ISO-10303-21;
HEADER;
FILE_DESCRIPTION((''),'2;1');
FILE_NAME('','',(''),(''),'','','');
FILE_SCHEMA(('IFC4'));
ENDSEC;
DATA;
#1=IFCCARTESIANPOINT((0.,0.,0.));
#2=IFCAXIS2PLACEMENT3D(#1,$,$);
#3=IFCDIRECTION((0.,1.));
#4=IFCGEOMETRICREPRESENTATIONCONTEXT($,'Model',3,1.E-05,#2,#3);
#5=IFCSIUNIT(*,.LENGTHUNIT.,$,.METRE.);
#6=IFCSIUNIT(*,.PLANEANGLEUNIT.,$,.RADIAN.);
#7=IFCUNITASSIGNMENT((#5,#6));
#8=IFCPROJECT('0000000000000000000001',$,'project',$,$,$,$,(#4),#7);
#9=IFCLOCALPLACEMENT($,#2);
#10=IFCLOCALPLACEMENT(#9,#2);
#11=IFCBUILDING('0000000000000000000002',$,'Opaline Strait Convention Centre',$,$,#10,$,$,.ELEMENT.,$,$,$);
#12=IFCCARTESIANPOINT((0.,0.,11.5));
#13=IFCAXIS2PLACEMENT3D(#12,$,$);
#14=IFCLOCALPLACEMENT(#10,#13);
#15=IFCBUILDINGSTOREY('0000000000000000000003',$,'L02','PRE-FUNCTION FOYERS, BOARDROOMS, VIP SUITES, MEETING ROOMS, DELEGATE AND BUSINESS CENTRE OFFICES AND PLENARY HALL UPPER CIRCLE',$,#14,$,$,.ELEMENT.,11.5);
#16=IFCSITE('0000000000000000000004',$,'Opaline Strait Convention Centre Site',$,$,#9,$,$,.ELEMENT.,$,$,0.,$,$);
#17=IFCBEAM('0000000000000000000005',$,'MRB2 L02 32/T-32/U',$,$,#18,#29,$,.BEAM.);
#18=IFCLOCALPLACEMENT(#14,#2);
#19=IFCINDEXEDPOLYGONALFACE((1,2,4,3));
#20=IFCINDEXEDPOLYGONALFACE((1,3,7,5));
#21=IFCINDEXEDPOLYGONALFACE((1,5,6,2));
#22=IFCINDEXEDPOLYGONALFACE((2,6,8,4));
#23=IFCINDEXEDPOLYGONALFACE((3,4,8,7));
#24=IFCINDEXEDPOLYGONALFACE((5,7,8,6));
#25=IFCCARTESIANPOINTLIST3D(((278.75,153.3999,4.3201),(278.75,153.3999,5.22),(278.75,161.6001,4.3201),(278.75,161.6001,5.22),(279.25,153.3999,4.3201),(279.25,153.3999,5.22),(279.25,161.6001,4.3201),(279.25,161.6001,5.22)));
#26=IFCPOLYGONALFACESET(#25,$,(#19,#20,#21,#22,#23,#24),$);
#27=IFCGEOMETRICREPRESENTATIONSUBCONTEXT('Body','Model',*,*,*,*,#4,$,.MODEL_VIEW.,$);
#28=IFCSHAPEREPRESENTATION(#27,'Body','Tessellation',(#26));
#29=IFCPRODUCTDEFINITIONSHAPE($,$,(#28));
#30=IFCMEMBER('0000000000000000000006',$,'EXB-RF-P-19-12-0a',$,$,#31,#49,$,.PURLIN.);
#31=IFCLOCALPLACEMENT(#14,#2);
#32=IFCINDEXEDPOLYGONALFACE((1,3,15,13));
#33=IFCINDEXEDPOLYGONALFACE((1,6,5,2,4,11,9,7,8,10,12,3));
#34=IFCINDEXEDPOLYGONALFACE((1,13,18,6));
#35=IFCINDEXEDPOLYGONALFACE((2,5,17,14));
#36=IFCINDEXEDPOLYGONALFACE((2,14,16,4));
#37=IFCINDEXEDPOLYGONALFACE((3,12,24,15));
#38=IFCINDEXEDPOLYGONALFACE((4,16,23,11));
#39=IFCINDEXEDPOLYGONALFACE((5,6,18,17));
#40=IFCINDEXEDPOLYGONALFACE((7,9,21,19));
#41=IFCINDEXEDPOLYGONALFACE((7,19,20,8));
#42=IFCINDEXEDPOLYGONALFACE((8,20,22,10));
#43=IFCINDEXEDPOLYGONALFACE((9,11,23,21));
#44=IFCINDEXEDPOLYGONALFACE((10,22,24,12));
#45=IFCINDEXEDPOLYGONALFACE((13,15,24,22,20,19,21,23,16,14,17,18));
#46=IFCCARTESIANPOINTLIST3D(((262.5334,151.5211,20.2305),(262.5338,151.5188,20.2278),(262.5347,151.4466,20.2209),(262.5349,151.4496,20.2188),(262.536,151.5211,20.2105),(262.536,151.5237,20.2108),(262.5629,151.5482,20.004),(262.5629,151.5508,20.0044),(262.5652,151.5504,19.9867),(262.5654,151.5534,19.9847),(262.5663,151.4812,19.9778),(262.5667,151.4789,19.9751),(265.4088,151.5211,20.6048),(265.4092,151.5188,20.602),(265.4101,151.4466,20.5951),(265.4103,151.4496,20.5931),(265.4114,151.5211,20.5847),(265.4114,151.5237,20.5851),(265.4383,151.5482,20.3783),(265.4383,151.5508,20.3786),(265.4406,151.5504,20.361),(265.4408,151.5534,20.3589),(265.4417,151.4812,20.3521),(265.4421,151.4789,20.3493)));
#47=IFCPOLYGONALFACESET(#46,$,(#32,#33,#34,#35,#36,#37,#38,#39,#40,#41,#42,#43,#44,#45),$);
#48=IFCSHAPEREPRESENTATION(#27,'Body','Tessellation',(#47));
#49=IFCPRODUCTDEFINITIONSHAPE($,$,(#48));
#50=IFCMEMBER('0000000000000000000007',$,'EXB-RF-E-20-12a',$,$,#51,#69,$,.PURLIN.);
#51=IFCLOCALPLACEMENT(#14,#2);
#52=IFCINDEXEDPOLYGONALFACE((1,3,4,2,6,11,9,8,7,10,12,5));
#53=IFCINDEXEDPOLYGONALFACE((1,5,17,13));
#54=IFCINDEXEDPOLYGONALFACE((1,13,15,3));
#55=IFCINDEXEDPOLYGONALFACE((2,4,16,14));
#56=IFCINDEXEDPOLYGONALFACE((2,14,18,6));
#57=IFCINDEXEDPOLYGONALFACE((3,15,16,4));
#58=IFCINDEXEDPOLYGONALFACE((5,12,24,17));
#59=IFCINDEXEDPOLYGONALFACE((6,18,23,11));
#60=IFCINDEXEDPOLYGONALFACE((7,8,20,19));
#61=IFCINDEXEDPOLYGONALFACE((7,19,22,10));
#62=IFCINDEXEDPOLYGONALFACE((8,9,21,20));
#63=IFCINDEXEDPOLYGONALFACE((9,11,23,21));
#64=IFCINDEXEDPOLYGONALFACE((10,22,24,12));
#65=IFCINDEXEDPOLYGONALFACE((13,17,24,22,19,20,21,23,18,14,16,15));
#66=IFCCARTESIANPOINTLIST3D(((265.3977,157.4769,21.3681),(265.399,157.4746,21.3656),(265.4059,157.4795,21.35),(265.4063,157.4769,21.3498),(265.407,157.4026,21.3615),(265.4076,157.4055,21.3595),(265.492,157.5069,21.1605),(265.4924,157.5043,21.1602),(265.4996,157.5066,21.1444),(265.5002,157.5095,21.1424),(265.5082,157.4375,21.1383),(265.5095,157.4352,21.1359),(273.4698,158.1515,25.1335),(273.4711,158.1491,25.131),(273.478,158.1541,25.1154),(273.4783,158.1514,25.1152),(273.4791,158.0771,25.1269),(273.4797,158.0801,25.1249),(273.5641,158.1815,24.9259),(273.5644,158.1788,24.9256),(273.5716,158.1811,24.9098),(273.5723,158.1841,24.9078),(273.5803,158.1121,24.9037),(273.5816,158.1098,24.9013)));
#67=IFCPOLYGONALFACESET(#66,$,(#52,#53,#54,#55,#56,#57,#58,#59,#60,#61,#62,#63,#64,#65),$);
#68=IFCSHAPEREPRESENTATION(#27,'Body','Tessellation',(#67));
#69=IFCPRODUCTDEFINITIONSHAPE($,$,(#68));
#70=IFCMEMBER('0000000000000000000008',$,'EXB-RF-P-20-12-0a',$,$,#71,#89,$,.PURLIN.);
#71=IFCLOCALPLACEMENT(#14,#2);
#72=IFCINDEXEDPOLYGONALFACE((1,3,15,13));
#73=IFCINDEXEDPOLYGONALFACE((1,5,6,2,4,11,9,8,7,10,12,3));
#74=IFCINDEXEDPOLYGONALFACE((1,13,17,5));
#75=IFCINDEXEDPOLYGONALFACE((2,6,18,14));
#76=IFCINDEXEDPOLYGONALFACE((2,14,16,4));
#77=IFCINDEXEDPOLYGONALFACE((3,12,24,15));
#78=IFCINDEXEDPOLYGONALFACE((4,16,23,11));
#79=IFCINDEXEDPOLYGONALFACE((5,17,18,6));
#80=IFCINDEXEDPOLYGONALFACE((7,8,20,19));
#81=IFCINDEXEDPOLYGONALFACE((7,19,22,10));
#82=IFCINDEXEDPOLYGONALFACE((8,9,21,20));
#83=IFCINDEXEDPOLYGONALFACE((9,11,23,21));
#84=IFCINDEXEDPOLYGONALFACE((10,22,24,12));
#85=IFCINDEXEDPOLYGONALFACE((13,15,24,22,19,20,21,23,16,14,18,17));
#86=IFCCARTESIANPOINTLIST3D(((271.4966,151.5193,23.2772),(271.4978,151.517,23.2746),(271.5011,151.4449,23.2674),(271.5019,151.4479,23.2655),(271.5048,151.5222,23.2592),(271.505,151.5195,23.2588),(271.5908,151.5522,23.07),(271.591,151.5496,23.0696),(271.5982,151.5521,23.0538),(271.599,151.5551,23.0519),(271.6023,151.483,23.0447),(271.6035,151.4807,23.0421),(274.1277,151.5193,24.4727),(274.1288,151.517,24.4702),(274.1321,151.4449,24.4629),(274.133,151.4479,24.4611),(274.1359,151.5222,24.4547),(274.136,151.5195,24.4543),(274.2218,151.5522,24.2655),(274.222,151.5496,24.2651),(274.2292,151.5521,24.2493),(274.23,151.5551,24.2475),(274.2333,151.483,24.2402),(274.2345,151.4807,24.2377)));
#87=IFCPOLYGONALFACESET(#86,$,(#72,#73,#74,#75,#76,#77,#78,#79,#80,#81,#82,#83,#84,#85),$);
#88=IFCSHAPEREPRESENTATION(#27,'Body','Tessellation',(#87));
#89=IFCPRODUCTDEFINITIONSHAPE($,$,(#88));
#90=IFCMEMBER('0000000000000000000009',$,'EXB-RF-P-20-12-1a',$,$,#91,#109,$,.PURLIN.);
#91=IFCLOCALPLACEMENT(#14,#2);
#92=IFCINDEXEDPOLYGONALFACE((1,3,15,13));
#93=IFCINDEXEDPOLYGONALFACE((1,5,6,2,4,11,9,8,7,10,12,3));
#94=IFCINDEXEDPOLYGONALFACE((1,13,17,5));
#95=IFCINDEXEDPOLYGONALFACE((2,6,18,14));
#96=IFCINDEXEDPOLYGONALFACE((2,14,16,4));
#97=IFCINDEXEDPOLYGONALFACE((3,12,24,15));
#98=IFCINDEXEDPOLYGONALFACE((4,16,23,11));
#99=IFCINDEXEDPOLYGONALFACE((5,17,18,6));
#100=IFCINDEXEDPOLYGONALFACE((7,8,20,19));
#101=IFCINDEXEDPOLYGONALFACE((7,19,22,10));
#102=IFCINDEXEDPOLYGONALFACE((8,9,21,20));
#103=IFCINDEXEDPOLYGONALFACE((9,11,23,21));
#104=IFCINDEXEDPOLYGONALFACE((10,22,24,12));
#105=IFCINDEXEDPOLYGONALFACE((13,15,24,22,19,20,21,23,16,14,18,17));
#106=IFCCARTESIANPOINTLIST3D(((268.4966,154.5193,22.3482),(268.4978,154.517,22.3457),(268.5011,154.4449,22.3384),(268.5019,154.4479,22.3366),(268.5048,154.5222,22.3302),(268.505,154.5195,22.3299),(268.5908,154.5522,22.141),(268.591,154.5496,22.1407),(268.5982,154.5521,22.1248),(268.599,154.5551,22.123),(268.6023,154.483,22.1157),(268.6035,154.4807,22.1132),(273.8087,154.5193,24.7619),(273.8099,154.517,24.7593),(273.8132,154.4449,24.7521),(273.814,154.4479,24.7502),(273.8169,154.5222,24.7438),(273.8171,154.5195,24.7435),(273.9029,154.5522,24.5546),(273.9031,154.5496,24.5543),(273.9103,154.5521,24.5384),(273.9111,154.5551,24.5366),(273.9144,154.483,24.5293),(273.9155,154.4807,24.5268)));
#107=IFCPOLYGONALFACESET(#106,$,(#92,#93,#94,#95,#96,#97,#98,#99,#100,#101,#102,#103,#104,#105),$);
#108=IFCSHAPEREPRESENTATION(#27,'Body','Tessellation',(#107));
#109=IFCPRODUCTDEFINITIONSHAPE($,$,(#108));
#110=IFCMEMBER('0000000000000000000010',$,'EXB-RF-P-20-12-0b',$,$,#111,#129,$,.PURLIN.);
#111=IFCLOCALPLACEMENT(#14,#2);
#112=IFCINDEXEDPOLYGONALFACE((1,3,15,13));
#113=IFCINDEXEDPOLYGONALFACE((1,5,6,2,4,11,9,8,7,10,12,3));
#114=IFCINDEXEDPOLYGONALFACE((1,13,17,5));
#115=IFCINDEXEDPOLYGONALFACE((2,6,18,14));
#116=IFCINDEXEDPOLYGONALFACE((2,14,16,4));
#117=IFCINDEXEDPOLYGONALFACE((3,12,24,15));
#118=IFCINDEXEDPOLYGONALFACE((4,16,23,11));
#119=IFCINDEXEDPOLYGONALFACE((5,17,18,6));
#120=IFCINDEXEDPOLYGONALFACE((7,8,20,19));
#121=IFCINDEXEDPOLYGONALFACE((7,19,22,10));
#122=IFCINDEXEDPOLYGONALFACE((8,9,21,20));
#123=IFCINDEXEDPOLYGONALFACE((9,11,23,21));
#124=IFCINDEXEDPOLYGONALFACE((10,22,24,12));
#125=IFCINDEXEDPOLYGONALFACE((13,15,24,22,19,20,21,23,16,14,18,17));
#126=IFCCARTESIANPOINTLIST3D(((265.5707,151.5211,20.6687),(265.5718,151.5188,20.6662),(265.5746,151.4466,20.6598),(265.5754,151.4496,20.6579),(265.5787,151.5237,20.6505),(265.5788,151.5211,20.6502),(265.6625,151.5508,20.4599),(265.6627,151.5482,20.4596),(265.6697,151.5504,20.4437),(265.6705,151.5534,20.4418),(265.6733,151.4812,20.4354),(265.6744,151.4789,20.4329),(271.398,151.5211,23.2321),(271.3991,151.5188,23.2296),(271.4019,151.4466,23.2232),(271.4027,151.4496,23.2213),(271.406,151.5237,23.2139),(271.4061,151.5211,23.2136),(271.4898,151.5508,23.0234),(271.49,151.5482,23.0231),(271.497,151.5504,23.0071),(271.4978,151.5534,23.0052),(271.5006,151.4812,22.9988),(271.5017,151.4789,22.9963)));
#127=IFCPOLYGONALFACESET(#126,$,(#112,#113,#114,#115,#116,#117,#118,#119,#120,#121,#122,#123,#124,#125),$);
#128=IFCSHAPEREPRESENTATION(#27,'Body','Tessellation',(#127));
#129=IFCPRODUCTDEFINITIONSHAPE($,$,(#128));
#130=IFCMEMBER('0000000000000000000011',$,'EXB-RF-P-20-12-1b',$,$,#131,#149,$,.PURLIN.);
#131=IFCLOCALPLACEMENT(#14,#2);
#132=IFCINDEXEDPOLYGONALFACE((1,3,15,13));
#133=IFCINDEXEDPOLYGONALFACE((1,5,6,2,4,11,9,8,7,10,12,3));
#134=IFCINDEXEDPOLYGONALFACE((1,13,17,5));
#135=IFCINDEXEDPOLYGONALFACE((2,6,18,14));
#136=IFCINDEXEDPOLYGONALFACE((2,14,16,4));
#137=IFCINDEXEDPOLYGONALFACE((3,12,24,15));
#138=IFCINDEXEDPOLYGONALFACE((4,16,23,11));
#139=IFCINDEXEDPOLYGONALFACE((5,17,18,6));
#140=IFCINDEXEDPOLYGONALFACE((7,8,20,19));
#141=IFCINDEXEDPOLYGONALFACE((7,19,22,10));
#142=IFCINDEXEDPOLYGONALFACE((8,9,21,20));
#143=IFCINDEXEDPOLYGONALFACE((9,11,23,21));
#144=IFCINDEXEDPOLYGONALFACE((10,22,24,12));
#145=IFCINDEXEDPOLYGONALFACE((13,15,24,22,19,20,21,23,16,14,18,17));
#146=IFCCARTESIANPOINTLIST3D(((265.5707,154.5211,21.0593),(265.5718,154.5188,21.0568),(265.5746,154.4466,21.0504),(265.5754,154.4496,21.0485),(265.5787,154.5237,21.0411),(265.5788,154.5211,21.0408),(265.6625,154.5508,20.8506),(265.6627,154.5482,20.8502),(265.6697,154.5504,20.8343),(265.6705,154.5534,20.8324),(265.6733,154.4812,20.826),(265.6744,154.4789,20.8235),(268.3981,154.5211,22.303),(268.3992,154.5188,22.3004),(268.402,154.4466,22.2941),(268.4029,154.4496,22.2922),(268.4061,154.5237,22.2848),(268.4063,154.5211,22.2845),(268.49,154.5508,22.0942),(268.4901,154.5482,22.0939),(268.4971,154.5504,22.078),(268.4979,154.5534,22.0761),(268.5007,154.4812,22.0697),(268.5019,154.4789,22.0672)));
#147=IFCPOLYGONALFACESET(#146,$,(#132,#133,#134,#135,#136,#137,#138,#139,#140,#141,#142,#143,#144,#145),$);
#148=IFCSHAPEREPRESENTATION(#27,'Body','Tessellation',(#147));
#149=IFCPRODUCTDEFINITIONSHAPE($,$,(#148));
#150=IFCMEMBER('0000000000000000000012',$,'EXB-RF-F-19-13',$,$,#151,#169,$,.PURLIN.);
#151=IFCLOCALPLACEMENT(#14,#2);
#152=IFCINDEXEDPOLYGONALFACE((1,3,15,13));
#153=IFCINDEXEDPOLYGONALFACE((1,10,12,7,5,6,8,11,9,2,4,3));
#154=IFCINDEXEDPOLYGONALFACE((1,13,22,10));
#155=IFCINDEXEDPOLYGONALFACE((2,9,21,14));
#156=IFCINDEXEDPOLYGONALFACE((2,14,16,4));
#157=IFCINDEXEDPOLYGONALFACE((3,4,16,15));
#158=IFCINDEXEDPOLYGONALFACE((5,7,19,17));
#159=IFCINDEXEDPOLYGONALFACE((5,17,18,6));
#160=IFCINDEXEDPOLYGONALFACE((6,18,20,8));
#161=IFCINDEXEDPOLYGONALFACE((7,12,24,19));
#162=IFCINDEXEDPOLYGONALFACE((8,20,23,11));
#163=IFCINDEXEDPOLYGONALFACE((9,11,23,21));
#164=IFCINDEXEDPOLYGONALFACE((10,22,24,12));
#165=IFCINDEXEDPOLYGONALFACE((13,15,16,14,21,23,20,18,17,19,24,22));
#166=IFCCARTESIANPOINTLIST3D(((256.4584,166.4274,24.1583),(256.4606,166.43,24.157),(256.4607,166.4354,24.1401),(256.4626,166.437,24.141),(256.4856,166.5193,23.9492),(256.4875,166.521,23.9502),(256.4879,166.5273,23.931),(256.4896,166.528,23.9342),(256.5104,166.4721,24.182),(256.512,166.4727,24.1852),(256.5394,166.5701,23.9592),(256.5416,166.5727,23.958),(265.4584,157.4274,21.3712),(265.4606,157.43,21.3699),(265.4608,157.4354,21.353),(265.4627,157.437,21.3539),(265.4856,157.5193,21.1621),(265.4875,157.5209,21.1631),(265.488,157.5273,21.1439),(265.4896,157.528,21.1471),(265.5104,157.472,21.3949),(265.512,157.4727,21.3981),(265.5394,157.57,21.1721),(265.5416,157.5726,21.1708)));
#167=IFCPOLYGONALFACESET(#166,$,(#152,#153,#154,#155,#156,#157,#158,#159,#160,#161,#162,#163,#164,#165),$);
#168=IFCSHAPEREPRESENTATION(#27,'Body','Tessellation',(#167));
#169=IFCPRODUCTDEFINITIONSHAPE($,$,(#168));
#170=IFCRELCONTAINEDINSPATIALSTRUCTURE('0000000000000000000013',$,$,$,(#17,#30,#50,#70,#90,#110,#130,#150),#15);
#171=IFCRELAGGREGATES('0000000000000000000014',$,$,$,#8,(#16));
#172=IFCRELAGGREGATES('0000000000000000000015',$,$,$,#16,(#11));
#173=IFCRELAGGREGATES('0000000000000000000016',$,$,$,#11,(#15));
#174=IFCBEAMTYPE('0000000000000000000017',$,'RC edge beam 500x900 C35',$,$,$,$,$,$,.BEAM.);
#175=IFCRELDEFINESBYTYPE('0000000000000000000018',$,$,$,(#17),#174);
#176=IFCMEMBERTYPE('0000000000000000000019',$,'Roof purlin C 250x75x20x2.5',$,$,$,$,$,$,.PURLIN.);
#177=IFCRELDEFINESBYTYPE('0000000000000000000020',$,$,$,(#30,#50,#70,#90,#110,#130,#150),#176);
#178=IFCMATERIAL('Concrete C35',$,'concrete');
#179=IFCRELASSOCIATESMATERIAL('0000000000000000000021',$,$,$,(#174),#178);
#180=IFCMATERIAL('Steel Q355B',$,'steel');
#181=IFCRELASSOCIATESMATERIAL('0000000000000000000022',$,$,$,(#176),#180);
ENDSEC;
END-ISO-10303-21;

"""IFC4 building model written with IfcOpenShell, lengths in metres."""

from ifc_helpers import new_model, si_unit, direction, frame, origin, origin_2d, place, context, subcontext, project, spatial, polyline, rectangle, outline, extrude, material, material_profile, profile_set, type_object, element, save


model = new_model("IFC4")

# Units and contexts
model_context = context("Model", 3, precision=1e-05, world=origin(), true_north=direction((0.0, 1.0)))
body_context = subcontext(model_context, "Body", "Model", "MODEL_VIEW")
ifc_project = project(units=[si_unit("LENGTHUNIT", "METRE"), si_unit("PLANEANGLEUNIT", "RADIAN")], contexts=[model_context])

# Site, building, storey
site_placement = place(None, origin())
site = spatial("IfcSite", under=ifc_project, at=site_placement, Name="Opaline Strait Convention Centre Site", CompositionType="ELEMENT", RefElevation=0.0)
building_placement = place(site_placement, origin())
building = spatial("IfcBuilding", under=site, at=building_placement, Name="Opaline Strait Convention Centre", CompositionType="ELEMENT")
storey_placement = place(building_placement, frame((0.0, 0.0, 11.5)))
storey = spatial("IfcBuildingStorey", under=building, at=storey_placement, Name="L02", Description="PRE-FUNCTION FOYERS, BOARDROOMS, VIP SUITES, MEETING ROOMS, DELEGATE AND BUSINESS CENTRE OFFICES AND PLENARY HALL UPPER CIRCLE", CompositionType="ELEMENT", Elevation=11.5)

# Beam
ifc_material_1 = material(Name="Concrete C35", Category="concrete")
ifc_material_profile_1 = material_profile(ifc_material_1, rectangle(XDim=0.5, YDim=0.8999, at=origin_2d()), Name="RC 500x900")
ifc_profile_set_1 = profile_set([ifc_material_profile_1], Name="Concrete C35")
beam_type = type_object("IfcBeamType", Name="RC edge beam 500x900 C35", PredefinedType="BEAM", material=ifc_profile_set_1)
beam_placement = place(storey_placement, frame((279.0, 153.3999, 4.77), z_axis=(0.0, 1.0, 0.0), x_axis=(-1.0, 0.0, 0.0)))
element("IfcBeam", 1, at=beam_placement, inside=storey, type_object=beam_type, Name="MRB2 L02 32/T-32/U", PredefinedType="BEAM", context=body_context, shape_type="SweptSolid", body=[
    extrude(rectangle(XDim=0.5, YDim=0.8999, at=origin_2d()), origin(), (0.0, 0.0, 1.0), 8.2002),
])

# Members
ifc_material_2 = material(Name="Steel Q355B", Category="steel")
ifc_material_profile_2 = material_profile(ifc_material_2, outline(polyline([(-0.0376, -0.125), (0.0376, -0.125), (0.0376, -0.105), (0.0349, -0.105), (0.0349, -0.1226), (-0.0349, -0.1226), (-0.0349, 0.1226), (0.0349, 0.1226), (0.0349, 0.105), (0.0376, 0.105), (0.0376, 0.125), (-0.0376, 0.125), (-0.0376, -0.125)])), Name="C 250x75x20x2.5")
ifc_profile_set_2 = profile_set([ifc_material_profile_2], Name="Steel Q355B")
member_type_1 = type_object("IfcMemberType", Name="Roof purlin C 250x75x20x2.5", PredefinedType="PURLIN", material=ifc_profile_set_2)
member_1_placement = place(storey_placement, frame((262.55, 151.5, 20.1028), z_axis=(0.991636, 0.0, 0.129069), x_axis=(-0.016662, 0.991632, 0.128015)))
element("IfcMember", 2, at=member_1_placement, inside=storey, type_object=member_type_1, Name="EXB-RF-P-19-12-0a", PredefinedType="PURLIN", context=body_context, shape_type="SweptSolid", body=[
    extrude(outline(polyline([(-0.0376, -0.125), (0.0376, -0.125), (0.0376, -0.105), (0.0349, -0.105), (0.0349, -0.1226), (-0.0349, -0.1226), (-0.0349, 0.1226), (0.0349, 0.1226), (0.0349, 0.105), (0.0376, 0.105), (0.0376, 0.125), (-0.0376, 0.125), (-0.0376, -0.125)])), origin(), (0.0, 0.0, 1.0), 2.8997),
])
member_2_placement = place(storey_placement, frame((265.4536, 157.4561, 21.252), z_axis=(0.903663, 0.075517, 0.421534), x_axis=(-0.123221, 0.988553, 0.087057)))
element("IfcMember", 3, at=member_2_placement, inside=storey, type_object=member_type_1, Name="EXB-RF-E-20-12a", PredefinedType="PURLIN", context=body_context, shape_type="SweptSolid", body=[
    extrude(outline(polyline([(-0.0376, -0.125), (0.0376, -0.125), (0.0376, -0.105), (0.0349, -0.105), (0.0349, -0.1226), (-0.0349, -0.1226), (-0.0349, 0.1226), (0.0349, 0.1226), (0.0349, 0.105), (0.0376, 0.105), (0.0376, 0.125), (-0.0376, 0.125), (-0.0376, -0.125)])), origin(), (0.0, 0.0, 1.0), 8.9326),
])
member_3_placement = place(storey_placement, frame((271.55, 151.5, 23.1597), z_axis=(0.910419, 0.0, 0.413688), x_axis=(-0.059245, 0.989692, 0.130382)))
element("IfcMember", 4, at=member_3_placement, inside=storey, type_object=member_type_1, Name="EXB-RF-P-20-12-0a", PredefinedType="PURLIN", context=body_context, shape_type="SweptSolid", body=[
    extrude(outline(polyline([(-0.0376, -0.125), (0.0376, -0.125), (0.0376, -0.105), (0.0349, -0.105), (0.0349, -0.1226), (-0.0349, -0.1226), (-0.0349, 0.1226), (0.0349, 0.1226), (0.0349, 0.105), (0.0376, 0.105), (0.0376, 0.125), (-0.0376, 0.125), (-0.0376, -0.125)])), origin(), (0.0, 0.0, 1.0), 2.8899),
])
member_4_placement = place(storey_placement, frame((268.55, 154.5, 22.2307), z_axis=(0.91043, 0.0, 0.413664), x_axis=(-0.059241, 0.989692, 0.130384)))
element("IfcMember", 5, at=member_4_placement, inside=storey, type_object=member_type_1, Name="EXB-RF-P-20-12-1a", PredefinedType="PURLIN", context=body_context, shape_type="SweptSolid", body=[
    extrude(outline(polyline([(-0.0376, -0.125), (0.0376, -0.125), (0.0376, -0.105), (0.0349, -0.105), (0.0349, -0.1226), (-0.0349, -0.1226), (-0.0349, 0.1226), (0.0349, 0.1226), (0.0349, 0.105), (0.0376, 0.105), (0.0376, 0.125), (-0.0376, 0.125), (-0.0376, -0.125)])), origin(), (0.0, 0.0, 1.0), 5.8347),
])
member_5_placement = place(storey_placement, frame((265.6226, 151.5, 20.5508), z_axis=(0.915348, 0.0, 0.402663), x_axis=(-0.051982, 0.991632, 0.118167)))
element("IfcMember", 6, at=member_5_placement, inside=storey, type_object=member_type_1, Name="EXB-RF-P-20-12-0b", PredefinedType="PURLIN", context=body_context, shape_type="SweptSolid", body=[
    extrude(outline(polyline([(-0.0376, -0.125), (0.0376, -0.125), (0.0376, -0.105), (0.0349, -0.105), (0.0349, -0.1226), (-0.0349, -0.1226), (-0.0349, 0.1226), (0.0349, 0.1226), (0.0349, 0.105), (0.0376, 0.105), (0.0376, 0.125), (-0.0376, 0.125), (-0.0376, -0.125)])), origin(), (0.0, 0.0, 1.0), 6.3662),
])
member_6_placement = place(storey_placement, frame((265.6226, 154.5, 20.9414), z_axis=(0.915363, 0.0, 0.40263), x_axis=(-0.051978, 0.991632, 0.118169)))
element("IfcMember", 7, at=member_6_placement, inside=storey, type_object=member_type_1, Name="EXB-RF-P-20-12-1b", PredefinedType="PURLIN", context=body_context, shape_type="SweptSolid", body=[
    extrude(outline(polyline([(-0.0376, -0.125), (0.0376, -0.125), (0.0376, -0.105), (0.0349, -0.105), (0.0349, -0.1226), (-0.0349, -0.1226), (-0.0349, 0.1226), (0.0349, 0.1226), (0.0349, 0.105), (0.0376, 0.105), (0.0376, 0.125), (-0.0376, 0.125), (-0.0376, -0.125)])), origin(), (0.0, 0.0, 1.0), 3.0889),
])
member_7_placement = place(storey_placement, frame((265.5, 157.5, 21.271), z_axis=(-0.69074, 0.69074, 0.213908), x_axis=(-0.713355, -0.602522, -0.357899)))
element("IfcMember", 8, at=member_7_placement, inside=storey, type_object=member_type_1, Name="EXB-RF-F-19-13", PredefinedType="PURLIN", context=body_context, shape_type="SweptSolid", body=[
    extrude(outline(polyline([(-0.0376, -0.125), (0.0376, -0.125), (0.0376, -0.105), (0.0349, -0.105), (0.0349, -0.1226), (-0.0349, -0.1226), (-0.0349, 0.1226), (0.0349, 0.1226), (0.0349, 0.105), (0.0376, 0.105), (0.0376, 0.125), (-0.0376, 0.125), (-0.0376, -0.125)])), origin(), (0.0, 0.0, 1.0), 13.0295),
])

save(model, "model.ifc")
